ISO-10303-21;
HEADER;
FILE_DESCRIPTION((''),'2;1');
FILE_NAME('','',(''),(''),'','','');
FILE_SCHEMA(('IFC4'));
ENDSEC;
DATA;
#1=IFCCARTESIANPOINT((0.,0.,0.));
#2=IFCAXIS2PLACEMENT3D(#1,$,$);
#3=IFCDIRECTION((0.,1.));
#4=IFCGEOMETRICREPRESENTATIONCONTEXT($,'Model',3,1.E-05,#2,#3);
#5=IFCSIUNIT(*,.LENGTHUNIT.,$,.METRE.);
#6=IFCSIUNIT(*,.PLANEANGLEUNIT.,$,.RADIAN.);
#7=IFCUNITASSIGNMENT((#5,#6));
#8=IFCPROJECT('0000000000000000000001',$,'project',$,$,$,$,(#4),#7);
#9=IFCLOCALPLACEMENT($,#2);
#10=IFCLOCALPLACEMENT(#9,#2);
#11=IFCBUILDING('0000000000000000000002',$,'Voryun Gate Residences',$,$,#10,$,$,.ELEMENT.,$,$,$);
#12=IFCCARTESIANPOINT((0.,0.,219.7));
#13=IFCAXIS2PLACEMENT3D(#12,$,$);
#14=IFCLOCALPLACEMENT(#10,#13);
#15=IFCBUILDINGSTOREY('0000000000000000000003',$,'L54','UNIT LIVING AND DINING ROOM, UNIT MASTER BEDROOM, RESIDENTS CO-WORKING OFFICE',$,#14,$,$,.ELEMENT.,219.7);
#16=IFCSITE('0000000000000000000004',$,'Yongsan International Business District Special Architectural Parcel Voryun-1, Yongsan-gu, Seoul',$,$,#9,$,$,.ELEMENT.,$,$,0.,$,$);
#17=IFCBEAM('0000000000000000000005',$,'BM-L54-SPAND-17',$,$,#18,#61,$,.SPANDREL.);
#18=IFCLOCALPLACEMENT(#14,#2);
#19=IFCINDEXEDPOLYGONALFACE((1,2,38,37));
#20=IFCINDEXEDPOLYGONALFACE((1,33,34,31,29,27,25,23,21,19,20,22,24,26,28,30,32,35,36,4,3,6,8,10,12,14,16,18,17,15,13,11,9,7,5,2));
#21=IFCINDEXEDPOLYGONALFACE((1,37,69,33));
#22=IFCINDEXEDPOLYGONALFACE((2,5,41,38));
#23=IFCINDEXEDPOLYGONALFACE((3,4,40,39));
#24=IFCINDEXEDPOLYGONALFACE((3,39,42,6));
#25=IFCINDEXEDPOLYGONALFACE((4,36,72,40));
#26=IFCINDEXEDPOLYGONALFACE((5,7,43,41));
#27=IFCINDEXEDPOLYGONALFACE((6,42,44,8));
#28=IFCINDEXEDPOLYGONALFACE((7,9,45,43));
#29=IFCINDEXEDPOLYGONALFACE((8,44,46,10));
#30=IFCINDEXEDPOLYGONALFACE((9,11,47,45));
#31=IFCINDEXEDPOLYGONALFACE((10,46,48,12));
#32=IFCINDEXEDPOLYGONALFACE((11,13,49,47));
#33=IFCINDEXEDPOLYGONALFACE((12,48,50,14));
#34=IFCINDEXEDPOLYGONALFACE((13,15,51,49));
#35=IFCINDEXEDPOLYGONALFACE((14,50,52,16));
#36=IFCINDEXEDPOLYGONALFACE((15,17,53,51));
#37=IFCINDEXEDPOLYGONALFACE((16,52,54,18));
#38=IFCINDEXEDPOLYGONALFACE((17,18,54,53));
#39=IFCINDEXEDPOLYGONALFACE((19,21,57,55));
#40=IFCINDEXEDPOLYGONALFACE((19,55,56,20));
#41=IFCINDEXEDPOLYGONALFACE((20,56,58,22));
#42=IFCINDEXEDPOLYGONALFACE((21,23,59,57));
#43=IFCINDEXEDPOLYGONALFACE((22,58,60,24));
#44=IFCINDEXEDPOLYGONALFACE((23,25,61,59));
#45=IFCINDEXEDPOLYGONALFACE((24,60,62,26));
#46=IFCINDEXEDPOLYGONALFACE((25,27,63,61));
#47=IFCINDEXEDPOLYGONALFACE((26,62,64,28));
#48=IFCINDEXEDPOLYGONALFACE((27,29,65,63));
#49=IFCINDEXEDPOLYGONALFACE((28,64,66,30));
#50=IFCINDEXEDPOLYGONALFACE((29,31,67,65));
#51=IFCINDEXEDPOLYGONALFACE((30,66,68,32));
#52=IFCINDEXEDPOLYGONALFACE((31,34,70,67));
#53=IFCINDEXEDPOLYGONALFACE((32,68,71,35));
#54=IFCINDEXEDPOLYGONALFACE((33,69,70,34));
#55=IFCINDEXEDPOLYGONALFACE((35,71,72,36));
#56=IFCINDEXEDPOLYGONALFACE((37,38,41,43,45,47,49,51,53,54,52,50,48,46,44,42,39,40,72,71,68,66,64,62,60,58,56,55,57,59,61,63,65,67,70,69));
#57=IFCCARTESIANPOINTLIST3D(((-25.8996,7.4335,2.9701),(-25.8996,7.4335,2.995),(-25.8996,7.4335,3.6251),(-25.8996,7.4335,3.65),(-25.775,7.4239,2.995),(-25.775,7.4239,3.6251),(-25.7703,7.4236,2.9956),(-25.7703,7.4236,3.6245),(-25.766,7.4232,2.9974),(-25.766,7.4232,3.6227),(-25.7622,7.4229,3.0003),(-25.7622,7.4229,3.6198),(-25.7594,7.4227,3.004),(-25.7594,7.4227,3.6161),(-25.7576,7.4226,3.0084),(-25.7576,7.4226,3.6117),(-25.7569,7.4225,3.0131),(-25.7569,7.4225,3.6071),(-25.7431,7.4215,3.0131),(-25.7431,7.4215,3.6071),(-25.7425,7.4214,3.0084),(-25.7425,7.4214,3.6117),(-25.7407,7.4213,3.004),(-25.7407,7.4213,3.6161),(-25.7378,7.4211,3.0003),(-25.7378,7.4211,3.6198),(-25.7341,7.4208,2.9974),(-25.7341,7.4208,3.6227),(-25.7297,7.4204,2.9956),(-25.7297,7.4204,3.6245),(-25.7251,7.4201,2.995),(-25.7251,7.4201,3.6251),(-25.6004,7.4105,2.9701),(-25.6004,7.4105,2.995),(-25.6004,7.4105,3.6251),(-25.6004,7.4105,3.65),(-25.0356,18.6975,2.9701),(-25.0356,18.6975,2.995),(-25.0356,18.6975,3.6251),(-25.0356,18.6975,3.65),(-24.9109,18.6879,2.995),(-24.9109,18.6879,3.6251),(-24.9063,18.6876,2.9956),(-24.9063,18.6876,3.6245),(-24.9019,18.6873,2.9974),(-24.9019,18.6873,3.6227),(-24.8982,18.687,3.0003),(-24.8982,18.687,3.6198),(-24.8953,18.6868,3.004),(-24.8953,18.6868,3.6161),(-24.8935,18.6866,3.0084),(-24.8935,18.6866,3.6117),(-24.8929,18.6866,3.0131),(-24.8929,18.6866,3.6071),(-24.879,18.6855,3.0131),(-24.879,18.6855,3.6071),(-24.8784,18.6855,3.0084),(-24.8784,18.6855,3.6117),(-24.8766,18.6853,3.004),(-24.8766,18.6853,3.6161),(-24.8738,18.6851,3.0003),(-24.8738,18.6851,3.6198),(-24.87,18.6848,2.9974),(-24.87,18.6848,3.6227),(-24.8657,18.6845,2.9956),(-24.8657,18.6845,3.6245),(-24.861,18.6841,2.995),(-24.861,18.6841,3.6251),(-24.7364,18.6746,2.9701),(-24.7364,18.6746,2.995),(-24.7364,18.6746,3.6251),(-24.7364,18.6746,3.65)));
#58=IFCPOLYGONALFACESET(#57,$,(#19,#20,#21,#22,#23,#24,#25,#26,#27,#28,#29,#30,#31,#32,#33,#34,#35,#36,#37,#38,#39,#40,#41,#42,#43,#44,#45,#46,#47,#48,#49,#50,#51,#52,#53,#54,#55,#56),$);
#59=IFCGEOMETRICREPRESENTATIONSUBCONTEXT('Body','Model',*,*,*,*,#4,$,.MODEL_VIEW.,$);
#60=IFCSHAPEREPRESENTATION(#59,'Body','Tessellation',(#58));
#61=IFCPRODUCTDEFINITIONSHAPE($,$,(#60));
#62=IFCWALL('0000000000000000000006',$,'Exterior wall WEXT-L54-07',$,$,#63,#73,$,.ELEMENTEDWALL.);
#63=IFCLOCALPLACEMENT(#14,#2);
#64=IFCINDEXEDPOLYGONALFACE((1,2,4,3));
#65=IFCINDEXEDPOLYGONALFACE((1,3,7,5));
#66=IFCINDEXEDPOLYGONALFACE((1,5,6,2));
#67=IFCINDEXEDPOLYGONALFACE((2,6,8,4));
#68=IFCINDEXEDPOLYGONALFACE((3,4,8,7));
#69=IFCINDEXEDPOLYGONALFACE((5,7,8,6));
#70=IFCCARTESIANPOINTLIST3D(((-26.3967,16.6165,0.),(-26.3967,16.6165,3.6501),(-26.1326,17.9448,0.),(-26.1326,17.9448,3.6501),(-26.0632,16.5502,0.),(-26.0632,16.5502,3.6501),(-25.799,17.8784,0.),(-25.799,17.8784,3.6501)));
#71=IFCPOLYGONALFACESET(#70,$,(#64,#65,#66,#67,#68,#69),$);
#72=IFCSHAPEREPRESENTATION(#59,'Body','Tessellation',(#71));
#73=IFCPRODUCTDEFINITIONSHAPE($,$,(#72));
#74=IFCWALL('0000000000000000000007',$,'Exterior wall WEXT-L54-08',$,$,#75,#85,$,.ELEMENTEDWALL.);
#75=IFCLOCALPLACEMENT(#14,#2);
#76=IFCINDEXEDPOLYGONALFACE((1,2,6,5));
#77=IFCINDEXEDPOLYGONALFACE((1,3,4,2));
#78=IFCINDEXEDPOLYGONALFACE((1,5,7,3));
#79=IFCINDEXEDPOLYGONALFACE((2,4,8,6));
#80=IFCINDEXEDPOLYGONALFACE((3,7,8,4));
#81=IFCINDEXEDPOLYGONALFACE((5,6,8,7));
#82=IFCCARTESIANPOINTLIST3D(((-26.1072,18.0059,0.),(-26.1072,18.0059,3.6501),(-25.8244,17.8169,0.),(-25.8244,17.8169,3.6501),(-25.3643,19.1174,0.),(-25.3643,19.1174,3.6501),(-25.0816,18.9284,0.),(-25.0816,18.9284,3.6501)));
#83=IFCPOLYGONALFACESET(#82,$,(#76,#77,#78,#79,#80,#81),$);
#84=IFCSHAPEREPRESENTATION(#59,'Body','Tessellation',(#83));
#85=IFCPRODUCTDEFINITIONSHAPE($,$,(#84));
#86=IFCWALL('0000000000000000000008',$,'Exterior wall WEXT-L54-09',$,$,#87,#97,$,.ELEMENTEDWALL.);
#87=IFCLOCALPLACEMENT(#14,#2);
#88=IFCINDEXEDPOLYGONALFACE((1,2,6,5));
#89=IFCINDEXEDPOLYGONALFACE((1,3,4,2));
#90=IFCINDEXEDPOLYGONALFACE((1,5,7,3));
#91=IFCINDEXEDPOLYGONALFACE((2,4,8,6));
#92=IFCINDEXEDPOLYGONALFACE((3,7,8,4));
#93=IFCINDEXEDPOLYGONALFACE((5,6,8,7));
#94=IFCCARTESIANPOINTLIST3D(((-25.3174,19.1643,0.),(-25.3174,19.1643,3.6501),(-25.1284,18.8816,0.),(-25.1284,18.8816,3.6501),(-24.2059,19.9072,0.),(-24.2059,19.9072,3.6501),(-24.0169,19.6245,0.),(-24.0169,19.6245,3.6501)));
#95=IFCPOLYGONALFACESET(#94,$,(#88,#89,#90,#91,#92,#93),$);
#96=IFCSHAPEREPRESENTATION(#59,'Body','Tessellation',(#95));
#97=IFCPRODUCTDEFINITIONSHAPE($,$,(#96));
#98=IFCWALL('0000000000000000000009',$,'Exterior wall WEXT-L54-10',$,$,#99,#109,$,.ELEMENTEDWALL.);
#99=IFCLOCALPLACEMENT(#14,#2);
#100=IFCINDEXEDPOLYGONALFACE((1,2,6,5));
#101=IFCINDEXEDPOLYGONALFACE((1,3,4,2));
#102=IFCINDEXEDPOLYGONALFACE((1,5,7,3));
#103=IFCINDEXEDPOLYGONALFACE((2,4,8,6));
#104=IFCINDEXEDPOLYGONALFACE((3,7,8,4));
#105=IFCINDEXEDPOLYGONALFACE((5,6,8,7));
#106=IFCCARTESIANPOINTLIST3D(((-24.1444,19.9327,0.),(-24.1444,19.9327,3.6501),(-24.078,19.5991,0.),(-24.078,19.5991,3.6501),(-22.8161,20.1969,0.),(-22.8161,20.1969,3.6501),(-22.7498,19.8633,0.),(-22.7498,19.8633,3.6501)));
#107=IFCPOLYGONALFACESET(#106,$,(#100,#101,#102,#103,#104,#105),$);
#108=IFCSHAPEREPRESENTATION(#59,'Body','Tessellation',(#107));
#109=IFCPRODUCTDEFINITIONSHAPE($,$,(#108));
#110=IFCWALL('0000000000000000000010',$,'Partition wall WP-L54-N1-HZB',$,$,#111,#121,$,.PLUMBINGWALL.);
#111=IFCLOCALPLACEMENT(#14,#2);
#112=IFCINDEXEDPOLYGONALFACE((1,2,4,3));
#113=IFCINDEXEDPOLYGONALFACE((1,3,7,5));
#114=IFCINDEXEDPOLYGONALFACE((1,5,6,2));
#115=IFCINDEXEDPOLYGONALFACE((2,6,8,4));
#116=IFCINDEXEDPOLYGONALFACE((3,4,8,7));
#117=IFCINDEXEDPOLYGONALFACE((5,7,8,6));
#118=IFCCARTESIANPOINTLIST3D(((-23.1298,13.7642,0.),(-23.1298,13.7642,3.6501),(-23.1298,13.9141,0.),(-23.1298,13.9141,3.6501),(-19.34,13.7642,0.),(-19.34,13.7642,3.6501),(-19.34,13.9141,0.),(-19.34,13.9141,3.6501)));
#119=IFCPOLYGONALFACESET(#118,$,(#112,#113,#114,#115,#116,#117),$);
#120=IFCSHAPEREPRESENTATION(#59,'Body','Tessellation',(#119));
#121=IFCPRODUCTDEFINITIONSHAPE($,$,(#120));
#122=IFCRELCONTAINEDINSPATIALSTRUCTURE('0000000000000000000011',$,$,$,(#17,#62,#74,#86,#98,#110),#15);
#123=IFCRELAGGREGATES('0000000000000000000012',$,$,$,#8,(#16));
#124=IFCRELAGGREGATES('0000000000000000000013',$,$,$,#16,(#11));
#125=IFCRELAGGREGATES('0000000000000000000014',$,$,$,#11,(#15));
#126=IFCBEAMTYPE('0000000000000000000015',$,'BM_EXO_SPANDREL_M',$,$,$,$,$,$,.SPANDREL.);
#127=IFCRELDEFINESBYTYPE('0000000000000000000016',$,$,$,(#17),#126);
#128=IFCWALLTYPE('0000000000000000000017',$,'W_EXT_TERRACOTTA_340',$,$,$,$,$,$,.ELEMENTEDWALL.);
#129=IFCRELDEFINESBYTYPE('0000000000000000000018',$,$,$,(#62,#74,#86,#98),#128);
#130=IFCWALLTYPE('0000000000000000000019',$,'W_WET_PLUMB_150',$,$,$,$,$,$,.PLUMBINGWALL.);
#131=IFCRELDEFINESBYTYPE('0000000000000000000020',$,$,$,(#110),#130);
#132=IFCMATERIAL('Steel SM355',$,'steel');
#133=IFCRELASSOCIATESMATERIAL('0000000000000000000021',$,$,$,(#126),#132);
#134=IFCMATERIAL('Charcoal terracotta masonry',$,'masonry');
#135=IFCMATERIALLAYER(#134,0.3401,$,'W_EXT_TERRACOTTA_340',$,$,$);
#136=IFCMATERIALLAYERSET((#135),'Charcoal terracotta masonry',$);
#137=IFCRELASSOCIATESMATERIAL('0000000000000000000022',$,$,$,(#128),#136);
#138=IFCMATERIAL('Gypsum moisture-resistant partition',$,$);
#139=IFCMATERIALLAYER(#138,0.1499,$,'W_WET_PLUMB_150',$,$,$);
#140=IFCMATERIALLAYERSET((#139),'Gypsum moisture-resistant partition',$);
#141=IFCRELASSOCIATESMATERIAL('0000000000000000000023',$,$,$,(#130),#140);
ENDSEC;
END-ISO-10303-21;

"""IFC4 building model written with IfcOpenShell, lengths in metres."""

from ifc_helpers import new_model, si_unit, direction, frame, frame_2d, origin, origin_2d, place, context, subcontext, project, spatial, rectangle, i_section, extrude, material, layer, layer_set, material_profile, profile_set, type_object, element, save


model = new_model("IFC4")

# Units and contexts
model_context = context("Model", 3, precision=1e-05, world=origin(), true_north=direction((0.0, 1.0)))
body_context = subcontext(model_context, "Body", "Model", "MODEL_VIEW")
ifc_project = project(units=[si_unit("LENGTHUNIT", "METRE"), si_unit("PLANEANGLEUNIT", "RADIAN")], contexts=[model_context])

# Site, building, storey
site_placement = place(None, origin())
site = spatial("IfcSite", under=ifc_project, at=site_placement, Name="Yongsan International Business District Special Architectural Parcel Voryun-1, Yongsan-gu, Seoul", CompositionType="ELEMENT", RefElevation=0.0)
building_placement = place(site_placement, origin())
building = spatial("IfcBuilding", under=site, at=building_placement, Name="Voryun Gate Residences", CompositionType="ELEMENT")
storey_placement = place(building_placement, frame((0.0, 0.0, 219.7)))
storey = spatial("IfcBuildingStorey", under=building, at=storey_placement, Name="L54", Description="UNIT LIVING AND DINING ROOM, UNIT MASTER BEDROOM, RESIDENTS CO-WORKING OFFICE", CompositionType="ELEMENT", Elevation=219.7)

# Beam
ifc_material_1 = material(Name="Steel SM355", Category="steel")
ifc_material_profile_1 = material_profile(ifc_material_1, i_section(OverallWidth=0.3, OverallDepth=0.6799, WebThickness=0.0139, FlangeThickness=0.0249, FilletRadius=0.0181, at=origin_2d()), Name="H-680x300x14x25")
ifc_profile_set_1 = profile_set([ifc_material_profile_1], Name="Steel SM355")
beam_type = type_object("IfcBeamType", Name="BM_EXO_SPANDREL_M", PredefinedType="SPANDREL", material=ifc_profile_set_1)
beam_1_placement = place(storey_placement, frame((-24.886, 18.686, 3.3101), z_axis=(-0.076482, -0.997071, 0.0), x_axis=(0.997071, -0.076482, 0.0)))
element("IfcBeam", 1, at=beam_1_placement, inside=storey, type_object=beam_type, Name="BM-L54-SPAND-17", PredefinedType="SPANDREL", context=body_context, shape_type="SweptSolid", body=[
    extrude(i_section(OverallWidth=0.3, OverallDepth=0.6799, WebThickness=0.0139, FlangeThickness=0.0249, FilletRadius=0.0181, at=origin_2d()), origin(), (0.0, 0.0, 1.0), 11.2971),
])

# Walls
ifc_material_2 = material(Name="Charcoal terracotta masonry", Category="masonry")
ifc_layer_1 = layer(ifc_material_2, 0.3401, Name="W_EXT_TERRACOTTA_340")
ifc_layer_set_1 = layer_set([ifc_layer_1], Name="Charcoal terracotta masonry")
wall_type_1 = type_object("IfcWallType", Name="W_EXT_TERRACOTTA_340", PredefinedType="ELEMENTEDWALL", material=ifc_layer_set_1)
wall_1_placement = place(storey_placement, frame((-26.23, 16.5833, 0.0), z_axis=(0.0, 0.0, 1.0), x_axis=(0.195076, 0.980788, 0.0)))
element("IfcWall", 2, at=wall_1_placement, inside=storey, type_object=wall_type_1, Name="Exterior wall WEXT-L54-07", PredefinedType="ELEMENTEDWALL", context=body_context, shape_type="SweptSolid", body=[
    extrude(rectangle(XDim=1.3542, YDim=0.3401, at=frame_2d((0.6772, 0.0))), origin(), (0.0, 0.0, 1.0), 3.6501),
])
for number, where, z_axis, x_axis, name in (
    (3, (-25.9658, 17.9114, 0.0), (0.0, 0.0, 1.0), (0.555669, 0.831404, 0.0), "Exterior wall WEXT-L54-08"),
    (4, (-25.2229, 19.0229, 0.0), (0.0, 0.0, 1.0), (0.831404, 0.555669, 0.0), "Exterior wall WEXT-L54-09"),
):
    element("IfcWall", number, at=place(storey_placement, frame(where, z_axis=z_axis, x_axis=x_axis)), inside=storey, type_object=wall_type_1, Name=name, PredefinedType="ELEMENTEDWALL", context=body_context, shape_type="SweptSolid", body=[
        extrude(rectangle(XDim=1.3369, YDim=0.3401, at=frame_2d((0.6685, 0.0))), origin(), (0.0, 0.0, 1.0), 3.6501),
    ])
wall_2_placement = place(storey_placement, frame((-24.1113, 19.7659, 0.0), z_axis=(0.0, 0.0, 1.0), x_axis=(0.980788, 0.195076, 0.0)))
element("IfcWall", 5, at=wall_2_placement, inside=storey, type_object=wall_type_1, Name="Exterior wall WEXT-L54-10", PredefinedType="ELEMENTEDWALL", context=body_context, shape_type="SweptSolid", body=[
    extrude(rectangle(XDim=1.3542, YDim=0.3401, at=frame_2d((0.6772, 0.0))), origin(), (0.0, 0.0, 1.0), 3.6501),
])

# Wall
ifc_material_3 = material(Name="Gypsum moisture-resistant partition")
ifc_layer_2 = layer(ifc_material_3, 0.1499, Name="W_WET_PLUMB_150")
ifc_layer_set_2 = layer_set([ifc_layer_2], Name="Gypsum moisture-resistant partition")
wall_type_2 = type_object("IfcWallType", Name="W_WET_PLUMB_150", PredefinedType="PLUMBINGWALL", material=ifc_layer_set_2)
wall_3_placement = place(storey_placement, frame((-23.1299, 13.8391, 0.0), z_axis=(0.0, 0.0, 1.0), x_axis=(1.0, 0.0, 0.0)))
element("IfcWall", 6, at=wall_3_placement, inside=storey, type_object=wall_type_2, Name="Partition wall WP-L54-N1-HZB", PredefinedType="PLUMBINGWALL", context=body_context, shape_type="SweptSolid", body=[
    extrude(rectangle(XDim=3.7898, YDim=0.1499, at=frame_2d((1.895, 0.0))), origin(), (0.0, 0.0, 1.0), 3.6501),
])

save(model, "model.ifc")
